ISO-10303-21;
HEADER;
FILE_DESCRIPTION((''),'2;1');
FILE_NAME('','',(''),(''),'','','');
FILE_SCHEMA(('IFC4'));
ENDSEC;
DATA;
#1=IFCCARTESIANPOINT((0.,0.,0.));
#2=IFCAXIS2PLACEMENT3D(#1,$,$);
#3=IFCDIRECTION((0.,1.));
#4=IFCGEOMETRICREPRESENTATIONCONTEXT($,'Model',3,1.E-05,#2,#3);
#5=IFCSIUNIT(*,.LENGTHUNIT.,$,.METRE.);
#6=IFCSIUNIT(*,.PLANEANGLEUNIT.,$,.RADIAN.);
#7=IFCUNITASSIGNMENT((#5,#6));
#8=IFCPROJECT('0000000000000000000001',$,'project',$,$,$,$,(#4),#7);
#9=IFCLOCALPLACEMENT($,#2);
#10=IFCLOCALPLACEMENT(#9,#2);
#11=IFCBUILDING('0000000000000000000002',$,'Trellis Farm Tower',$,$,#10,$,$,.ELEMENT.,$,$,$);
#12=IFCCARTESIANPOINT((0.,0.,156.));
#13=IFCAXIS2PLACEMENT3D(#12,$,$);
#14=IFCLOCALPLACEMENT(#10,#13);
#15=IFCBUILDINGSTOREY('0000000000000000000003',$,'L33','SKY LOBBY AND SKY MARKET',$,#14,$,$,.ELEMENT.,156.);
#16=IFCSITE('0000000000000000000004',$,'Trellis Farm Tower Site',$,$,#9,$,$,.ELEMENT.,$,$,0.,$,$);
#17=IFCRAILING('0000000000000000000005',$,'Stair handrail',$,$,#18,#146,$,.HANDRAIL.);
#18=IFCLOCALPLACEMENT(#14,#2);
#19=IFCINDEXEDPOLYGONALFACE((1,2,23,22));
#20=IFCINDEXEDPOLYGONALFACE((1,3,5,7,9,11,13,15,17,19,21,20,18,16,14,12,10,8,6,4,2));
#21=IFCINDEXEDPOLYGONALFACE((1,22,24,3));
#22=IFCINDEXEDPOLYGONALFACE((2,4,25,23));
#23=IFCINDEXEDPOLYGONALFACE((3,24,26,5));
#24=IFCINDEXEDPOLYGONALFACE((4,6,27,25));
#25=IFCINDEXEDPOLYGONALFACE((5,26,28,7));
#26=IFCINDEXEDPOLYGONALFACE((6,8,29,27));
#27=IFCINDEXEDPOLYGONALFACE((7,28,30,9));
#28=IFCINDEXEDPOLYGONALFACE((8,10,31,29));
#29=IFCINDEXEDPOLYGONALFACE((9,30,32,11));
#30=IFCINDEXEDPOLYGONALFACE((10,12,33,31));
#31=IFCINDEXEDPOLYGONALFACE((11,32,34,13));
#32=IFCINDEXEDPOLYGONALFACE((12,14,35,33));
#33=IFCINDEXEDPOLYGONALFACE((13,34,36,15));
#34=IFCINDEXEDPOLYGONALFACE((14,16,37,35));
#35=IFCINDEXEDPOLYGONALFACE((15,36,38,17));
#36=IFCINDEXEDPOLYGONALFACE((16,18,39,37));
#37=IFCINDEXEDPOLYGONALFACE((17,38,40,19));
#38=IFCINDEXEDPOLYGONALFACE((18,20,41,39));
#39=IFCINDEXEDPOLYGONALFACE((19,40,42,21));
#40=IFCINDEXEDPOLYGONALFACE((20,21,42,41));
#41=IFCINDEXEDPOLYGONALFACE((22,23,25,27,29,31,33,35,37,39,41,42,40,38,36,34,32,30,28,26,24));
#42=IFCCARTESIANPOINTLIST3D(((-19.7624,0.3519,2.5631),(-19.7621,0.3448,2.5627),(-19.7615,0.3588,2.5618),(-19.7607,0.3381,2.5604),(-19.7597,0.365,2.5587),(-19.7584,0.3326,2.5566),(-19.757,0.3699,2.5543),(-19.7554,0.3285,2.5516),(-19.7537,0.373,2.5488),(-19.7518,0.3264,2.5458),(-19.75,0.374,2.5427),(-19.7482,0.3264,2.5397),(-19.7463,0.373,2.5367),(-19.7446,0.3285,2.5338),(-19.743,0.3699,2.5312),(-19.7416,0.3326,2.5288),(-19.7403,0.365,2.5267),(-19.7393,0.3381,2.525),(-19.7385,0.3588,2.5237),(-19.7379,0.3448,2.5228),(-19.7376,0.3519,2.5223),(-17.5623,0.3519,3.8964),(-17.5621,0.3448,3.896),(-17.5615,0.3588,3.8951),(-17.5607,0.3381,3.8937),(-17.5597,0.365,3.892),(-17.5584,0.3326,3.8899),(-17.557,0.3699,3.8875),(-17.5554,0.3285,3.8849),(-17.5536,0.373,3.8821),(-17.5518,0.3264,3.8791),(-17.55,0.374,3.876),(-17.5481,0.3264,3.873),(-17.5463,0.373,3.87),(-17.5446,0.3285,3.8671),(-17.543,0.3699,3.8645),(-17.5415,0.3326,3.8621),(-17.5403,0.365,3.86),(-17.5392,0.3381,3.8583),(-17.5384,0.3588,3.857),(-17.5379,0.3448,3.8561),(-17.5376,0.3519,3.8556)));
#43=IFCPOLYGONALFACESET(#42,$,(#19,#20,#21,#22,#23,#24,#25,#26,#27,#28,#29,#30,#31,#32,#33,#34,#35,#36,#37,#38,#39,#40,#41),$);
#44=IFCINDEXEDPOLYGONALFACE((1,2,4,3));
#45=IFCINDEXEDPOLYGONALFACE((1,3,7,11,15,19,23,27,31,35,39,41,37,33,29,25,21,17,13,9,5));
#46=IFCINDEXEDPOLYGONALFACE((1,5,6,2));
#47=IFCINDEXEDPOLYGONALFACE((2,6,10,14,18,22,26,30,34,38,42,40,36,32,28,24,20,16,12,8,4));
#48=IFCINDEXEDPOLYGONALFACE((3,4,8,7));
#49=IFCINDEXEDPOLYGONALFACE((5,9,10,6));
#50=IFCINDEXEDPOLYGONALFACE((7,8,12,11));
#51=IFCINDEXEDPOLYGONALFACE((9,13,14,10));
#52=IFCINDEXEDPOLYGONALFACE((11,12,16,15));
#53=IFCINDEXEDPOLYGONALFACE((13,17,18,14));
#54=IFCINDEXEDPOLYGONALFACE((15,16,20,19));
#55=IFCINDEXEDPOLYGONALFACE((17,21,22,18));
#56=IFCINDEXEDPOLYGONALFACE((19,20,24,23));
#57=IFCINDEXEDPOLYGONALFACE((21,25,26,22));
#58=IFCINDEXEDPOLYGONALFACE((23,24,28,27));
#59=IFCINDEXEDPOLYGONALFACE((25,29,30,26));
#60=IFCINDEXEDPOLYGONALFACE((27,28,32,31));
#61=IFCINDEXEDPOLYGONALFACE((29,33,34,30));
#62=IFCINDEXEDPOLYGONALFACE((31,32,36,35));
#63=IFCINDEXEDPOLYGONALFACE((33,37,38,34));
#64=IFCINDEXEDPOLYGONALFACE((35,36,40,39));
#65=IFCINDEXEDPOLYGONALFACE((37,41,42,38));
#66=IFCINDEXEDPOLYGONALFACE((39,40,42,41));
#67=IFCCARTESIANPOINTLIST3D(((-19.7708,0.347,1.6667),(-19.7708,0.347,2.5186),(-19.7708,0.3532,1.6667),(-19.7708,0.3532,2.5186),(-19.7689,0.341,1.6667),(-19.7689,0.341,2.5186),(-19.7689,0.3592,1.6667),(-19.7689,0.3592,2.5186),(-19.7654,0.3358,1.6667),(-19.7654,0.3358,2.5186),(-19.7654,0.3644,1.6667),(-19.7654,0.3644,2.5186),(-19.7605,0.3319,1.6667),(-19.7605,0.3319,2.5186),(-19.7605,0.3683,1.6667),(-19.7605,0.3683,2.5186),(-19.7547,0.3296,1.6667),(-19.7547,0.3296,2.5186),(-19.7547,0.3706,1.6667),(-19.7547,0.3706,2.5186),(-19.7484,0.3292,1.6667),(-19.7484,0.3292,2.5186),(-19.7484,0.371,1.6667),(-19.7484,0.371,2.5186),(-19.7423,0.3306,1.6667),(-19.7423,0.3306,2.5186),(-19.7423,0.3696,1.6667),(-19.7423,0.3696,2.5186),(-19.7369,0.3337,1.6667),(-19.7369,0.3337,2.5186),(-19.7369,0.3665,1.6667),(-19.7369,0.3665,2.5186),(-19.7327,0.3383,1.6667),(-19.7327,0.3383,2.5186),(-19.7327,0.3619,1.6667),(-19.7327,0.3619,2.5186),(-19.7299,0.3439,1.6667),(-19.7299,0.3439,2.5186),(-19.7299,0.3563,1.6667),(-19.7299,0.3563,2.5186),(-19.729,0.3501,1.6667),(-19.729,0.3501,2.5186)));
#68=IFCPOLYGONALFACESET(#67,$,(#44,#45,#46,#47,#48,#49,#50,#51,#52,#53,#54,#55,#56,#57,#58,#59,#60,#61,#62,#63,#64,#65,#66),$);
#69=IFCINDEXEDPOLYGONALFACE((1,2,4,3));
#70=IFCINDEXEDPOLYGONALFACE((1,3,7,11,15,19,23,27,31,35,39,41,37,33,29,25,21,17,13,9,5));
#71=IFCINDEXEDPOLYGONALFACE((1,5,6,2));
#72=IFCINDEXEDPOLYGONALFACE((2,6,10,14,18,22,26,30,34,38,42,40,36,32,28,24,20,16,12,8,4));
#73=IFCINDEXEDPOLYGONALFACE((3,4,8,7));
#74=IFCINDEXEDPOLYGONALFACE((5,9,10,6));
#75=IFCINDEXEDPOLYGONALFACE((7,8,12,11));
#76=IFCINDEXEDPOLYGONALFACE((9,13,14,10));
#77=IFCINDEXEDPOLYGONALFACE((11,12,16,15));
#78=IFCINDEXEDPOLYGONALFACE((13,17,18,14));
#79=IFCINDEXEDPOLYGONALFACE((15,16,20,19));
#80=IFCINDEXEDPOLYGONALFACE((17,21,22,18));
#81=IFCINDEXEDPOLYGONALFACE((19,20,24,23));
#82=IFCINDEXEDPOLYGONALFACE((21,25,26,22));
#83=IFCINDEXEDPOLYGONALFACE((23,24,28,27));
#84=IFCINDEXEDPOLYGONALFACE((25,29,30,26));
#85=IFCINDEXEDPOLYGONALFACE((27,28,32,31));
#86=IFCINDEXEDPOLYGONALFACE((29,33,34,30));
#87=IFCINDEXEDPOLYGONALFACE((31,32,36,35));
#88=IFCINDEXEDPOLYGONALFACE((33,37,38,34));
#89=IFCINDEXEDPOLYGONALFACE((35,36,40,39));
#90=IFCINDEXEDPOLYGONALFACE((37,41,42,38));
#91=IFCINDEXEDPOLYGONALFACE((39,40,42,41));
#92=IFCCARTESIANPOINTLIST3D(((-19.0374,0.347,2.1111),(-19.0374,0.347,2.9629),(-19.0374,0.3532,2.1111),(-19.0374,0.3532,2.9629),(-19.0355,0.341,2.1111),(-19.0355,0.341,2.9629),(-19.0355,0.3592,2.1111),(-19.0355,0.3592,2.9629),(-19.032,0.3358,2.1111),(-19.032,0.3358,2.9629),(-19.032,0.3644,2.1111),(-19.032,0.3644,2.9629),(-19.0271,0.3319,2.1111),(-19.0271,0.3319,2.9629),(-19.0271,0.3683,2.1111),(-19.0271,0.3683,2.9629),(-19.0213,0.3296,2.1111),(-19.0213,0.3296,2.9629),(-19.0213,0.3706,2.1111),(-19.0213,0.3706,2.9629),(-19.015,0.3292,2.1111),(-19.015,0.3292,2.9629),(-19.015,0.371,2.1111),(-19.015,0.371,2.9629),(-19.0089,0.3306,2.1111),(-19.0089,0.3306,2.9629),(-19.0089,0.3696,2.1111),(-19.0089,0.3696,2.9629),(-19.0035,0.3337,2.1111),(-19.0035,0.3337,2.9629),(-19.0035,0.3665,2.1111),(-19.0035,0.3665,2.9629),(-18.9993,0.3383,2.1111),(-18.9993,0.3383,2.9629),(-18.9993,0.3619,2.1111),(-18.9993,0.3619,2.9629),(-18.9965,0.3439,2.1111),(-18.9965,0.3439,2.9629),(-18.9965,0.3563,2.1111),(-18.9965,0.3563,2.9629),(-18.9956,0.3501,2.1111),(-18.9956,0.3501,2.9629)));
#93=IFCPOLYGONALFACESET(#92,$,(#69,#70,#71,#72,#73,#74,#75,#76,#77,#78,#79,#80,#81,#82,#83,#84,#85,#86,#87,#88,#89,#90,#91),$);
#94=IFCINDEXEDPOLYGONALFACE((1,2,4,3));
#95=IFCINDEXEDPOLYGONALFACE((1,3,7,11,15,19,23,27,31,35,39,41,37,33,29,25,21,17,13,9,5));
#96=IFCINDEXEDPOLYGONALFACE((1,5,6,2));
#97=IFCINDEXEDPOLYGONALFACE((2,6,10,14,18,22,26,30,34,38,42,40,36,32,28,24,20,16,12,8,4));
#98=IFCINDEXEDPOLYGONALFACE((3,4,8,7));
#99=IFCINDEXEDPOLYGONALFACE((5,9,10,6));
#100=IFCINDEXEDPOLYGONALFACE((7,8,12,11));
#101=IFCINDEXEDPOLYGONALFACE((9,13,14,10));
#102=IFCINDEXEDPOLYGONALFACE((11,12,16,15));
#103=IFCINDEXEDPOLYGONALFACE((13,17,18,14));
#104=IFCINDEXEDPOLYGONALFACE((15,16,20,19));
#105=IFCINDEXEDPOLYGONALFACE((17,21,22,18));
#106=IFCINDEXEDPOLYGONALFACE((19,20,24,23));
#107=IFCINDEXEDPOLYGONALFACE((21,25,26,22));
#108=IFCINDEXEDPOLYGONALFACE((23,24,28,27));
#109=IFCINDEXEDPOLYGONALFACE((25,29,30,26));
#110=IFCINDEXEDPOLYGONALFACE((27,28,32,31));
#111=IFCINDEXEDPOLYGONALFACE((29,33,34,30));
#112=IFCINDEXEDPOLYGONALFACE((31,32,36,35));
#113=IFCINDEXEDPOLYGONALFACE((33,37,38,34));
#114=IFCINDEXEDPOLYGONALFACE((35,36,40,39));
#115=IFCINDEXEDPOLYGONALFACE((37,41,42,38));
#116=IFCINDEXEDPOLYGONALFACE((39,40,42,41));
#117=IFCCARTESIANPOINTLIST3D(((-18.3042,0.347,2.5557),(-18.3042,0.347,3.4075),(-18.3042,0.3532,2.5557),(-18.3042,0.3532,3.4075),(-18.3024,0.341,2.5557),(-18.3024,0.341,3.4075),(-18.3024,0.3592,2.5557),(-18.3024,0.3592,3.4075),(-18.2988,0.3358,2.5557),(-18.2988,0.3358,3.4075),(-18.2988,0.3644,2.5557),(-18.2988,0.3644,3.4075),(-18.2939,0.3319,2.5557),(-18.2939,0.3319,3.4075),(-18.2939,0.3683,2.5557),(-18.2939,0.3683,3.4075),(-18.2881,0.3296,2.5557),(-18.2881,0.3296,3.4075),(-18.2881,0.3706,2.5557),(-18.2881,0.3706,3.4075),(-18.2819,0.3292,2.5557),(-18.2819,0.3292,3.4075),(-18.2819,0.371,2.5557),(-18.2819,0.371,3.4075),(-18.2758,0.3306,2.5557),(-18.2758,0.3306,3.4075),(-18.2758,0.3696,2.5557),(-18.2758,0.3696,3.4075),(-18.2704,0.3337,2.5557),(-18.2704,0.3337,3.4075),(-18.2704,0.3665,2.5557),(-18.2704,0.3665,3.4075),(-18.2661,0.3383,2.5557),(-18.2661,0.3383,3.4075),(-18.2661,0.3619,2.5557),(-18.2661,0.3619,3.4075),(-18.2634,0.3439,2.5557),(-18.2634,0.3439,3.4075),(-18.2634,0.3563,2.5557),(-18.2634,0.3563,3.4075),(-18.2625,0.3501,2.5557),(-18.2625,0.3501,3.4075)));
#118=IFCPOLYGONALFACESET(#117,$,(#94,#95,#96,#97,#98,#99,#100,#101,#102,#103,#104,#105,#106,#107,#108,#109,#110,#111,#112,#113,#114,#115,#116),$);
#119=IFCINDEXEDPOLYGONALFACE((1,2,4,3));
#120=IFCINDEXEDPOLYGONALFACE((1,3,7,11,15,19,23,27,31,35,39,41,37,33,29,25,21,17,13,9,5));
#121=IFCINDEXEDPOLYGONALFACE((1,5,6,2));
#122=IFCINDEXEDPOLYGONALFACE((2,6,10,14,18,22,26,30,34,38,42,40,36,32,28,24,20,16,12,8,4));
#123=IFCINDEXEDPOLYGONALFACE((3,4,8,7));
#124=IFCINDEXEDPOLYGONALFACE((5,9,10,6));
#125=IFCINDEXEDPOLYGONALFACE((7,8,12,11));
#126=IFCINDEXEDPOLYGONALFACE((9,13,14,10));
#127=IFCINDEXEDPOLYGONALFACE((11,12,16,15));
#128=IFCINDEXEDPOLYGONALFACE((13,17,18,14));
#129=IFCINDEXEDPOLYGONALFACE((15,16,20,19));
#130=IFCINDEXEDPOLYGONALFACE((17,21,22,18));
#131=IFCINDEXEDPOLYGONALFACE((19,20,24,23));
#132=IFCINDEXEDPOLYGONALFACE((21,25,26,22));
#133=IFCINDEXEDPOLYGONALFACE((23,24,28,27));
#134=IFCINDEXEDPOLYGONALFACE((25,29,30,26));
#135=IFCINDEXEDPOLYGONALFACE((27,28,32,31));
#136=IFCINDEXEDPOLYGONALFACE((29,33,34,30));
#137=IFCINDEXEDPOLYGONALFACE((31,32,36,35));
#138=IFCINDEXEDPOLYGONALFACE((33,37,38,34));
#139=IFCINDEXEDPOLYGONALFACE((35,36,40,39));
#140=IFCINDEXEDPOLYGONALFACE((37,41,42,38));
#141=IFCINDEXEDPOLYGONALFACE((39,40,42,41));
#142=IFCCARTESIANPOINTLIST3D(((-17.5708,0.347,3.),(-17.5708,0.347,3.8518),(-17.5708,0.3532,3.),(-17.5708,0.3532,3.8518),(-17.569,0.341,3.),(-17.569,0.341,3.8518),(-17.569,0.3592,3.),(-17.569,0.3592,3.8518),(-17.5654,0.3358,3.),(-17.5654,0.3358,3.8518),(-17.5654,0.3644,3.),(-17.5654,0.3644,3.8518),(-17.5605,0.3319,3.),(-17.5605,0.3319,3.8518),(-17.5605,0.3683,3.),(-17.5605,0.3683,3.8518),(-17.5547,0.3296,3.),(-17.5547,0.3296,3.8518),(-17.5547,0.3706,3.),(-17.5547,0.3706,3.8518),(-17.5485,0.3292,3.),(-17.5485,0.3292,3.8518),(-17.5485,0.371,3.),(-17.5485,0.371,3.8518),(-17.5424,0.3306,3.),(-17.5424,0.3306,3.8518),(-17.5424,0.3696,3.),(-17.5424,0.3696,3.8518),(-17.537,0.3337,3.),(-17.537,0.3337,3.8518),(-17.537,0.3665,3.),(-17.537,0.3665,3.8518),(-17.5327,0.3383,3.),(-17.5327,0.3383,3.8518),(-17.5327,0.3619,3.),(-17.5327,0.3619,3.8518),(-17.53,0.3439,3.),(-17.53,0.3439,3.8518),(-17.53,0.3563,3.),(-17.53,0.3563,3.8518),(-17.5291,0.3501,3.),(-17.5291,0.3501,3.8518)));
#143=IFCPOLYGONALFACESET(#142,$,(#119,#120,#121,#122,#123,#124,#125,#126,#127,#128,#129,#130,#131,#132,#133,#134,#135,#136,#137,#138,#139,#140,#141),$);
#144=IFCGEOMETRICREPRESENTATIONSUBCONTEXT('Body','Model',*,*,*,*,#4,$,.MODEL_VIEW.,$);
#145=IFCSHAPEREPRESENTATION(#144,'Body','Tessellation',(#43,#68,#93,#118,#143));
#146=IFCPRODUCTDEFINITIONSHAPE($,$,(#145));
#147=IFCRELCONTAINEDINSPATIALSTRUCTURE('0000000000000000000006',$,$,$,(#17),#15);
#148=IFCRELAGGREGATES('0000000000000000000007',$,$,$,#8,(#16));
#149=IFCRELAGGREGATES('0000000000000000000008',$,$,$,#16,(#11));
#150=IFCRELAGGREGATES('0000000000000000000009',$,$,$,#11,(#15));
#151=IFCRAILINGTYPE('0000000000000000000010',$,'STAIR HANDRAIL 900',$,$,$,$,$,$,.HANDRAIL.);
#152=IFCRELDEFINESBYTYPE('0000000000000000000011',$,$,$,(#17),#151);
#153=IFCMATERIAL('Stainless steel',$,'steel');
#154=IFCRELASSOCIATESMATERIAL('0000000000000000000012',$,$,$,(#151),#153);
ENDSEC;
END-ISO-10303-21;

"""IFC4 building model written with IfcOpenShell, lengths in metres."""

from ifc_helpers import new_model, si_unit, direction, frame, origin, origin_2d, place, context, subcontext, project, spatial, circle, extrude, source, transform, mapped, material, type_object, element, save


model = new_model("IFC4")

# Units and contexts
model_context = context("Model", 3, precision=1e-05, world=origin(), true_north=direction((0.0, 1.0)))
body_context = subcontext(model_context, "Body", "Model", "MODEL_VIEW")
ifc_project = project(units=[si_unit("LENGTHUNIT", "METRE"), si_unit("PLANEANGLEUNIT", "RADIAN")], contexts=[model_context])

# Site, building, storey
site_placement = place(None, origin())
site = spatial("IfcSite", under=ifc_project, at=site_placement, Name="Trellis Farm Tower Site", CompositionType="ELEMENT", RefElevation=0.0)
building_placement = place(site_placement, origin())
building = spatial("IfcBuilding", under=site, at=building_placement, Name="Trellis Farm Tower", CompositionType="ELEMENT")
storey_placement = place(building_placement, frame((0.0, 0.0, 156.0)))
storey = spatial("IfcBuildingStorey", under=building, at=storey_placement, Name="L33", Description="SKY LOBBY AND SKY MARKET", CompositionType="ELEMENT", Elevation=156.0)

# Railing
ifc_material_1 = material(Name="Stainless steel", Category="steel")
railing_type = type_object("IfcRailingType", Name="STAIR HANDRAIL 900", PredefinedType="HANDRAIL", material=ifc_material_1)
shared_shape_1 = source(origin(), body_context, "Body", "SweptSolid", [
    extrude(circle(Radius=0.0239, at=origin_2d()), frame((0.0, 0.0, 0.876), z_axis=(0.855207, 0.0, 0.518287), x_axis=(0.0, 1.0, 0.0)), (0.0, 0.0, 1.0), 2.5725),
    extrude(circle(Radius=0.021, at=origin_2d()), origin(), (0.0, 0.0, 1.0), 0.8518),
    extrude(circle(Radius=0.021, at=origin_2d()), frame((0.7334, 0.0, 0.4443)), (0.0, 0.0, 1.0), 0.8518),
    extrude(circle(Radius=0.021, at=origin_2d()), frame((1.4666, 0.0, 0.8889)), (0.0, 0.0, 1.0), 0.8518),
    extrude(circle(Radius=0.021, at=origin_2d()), frame((2.2, 0.0, 1.3333)), (0.0, 0.0, 1.0), 0.8518),
])
for number, where, name in (
    (1, (-19.75, 0.3501, 1.6667), "Stair handrail"),
):
    element("IfcRailing", number, at=place(storey_placement, frame(where)), inside=storey, type_object=railing_type, Name=name, PredefinedType="HANDRAIL", context=body_context, shape_type="MappedRepresentation", body=[
        mapped(shared_shape_1, transform((0.0, 0.0, 0.0))),
    ])

save(model, "model.ifc")
